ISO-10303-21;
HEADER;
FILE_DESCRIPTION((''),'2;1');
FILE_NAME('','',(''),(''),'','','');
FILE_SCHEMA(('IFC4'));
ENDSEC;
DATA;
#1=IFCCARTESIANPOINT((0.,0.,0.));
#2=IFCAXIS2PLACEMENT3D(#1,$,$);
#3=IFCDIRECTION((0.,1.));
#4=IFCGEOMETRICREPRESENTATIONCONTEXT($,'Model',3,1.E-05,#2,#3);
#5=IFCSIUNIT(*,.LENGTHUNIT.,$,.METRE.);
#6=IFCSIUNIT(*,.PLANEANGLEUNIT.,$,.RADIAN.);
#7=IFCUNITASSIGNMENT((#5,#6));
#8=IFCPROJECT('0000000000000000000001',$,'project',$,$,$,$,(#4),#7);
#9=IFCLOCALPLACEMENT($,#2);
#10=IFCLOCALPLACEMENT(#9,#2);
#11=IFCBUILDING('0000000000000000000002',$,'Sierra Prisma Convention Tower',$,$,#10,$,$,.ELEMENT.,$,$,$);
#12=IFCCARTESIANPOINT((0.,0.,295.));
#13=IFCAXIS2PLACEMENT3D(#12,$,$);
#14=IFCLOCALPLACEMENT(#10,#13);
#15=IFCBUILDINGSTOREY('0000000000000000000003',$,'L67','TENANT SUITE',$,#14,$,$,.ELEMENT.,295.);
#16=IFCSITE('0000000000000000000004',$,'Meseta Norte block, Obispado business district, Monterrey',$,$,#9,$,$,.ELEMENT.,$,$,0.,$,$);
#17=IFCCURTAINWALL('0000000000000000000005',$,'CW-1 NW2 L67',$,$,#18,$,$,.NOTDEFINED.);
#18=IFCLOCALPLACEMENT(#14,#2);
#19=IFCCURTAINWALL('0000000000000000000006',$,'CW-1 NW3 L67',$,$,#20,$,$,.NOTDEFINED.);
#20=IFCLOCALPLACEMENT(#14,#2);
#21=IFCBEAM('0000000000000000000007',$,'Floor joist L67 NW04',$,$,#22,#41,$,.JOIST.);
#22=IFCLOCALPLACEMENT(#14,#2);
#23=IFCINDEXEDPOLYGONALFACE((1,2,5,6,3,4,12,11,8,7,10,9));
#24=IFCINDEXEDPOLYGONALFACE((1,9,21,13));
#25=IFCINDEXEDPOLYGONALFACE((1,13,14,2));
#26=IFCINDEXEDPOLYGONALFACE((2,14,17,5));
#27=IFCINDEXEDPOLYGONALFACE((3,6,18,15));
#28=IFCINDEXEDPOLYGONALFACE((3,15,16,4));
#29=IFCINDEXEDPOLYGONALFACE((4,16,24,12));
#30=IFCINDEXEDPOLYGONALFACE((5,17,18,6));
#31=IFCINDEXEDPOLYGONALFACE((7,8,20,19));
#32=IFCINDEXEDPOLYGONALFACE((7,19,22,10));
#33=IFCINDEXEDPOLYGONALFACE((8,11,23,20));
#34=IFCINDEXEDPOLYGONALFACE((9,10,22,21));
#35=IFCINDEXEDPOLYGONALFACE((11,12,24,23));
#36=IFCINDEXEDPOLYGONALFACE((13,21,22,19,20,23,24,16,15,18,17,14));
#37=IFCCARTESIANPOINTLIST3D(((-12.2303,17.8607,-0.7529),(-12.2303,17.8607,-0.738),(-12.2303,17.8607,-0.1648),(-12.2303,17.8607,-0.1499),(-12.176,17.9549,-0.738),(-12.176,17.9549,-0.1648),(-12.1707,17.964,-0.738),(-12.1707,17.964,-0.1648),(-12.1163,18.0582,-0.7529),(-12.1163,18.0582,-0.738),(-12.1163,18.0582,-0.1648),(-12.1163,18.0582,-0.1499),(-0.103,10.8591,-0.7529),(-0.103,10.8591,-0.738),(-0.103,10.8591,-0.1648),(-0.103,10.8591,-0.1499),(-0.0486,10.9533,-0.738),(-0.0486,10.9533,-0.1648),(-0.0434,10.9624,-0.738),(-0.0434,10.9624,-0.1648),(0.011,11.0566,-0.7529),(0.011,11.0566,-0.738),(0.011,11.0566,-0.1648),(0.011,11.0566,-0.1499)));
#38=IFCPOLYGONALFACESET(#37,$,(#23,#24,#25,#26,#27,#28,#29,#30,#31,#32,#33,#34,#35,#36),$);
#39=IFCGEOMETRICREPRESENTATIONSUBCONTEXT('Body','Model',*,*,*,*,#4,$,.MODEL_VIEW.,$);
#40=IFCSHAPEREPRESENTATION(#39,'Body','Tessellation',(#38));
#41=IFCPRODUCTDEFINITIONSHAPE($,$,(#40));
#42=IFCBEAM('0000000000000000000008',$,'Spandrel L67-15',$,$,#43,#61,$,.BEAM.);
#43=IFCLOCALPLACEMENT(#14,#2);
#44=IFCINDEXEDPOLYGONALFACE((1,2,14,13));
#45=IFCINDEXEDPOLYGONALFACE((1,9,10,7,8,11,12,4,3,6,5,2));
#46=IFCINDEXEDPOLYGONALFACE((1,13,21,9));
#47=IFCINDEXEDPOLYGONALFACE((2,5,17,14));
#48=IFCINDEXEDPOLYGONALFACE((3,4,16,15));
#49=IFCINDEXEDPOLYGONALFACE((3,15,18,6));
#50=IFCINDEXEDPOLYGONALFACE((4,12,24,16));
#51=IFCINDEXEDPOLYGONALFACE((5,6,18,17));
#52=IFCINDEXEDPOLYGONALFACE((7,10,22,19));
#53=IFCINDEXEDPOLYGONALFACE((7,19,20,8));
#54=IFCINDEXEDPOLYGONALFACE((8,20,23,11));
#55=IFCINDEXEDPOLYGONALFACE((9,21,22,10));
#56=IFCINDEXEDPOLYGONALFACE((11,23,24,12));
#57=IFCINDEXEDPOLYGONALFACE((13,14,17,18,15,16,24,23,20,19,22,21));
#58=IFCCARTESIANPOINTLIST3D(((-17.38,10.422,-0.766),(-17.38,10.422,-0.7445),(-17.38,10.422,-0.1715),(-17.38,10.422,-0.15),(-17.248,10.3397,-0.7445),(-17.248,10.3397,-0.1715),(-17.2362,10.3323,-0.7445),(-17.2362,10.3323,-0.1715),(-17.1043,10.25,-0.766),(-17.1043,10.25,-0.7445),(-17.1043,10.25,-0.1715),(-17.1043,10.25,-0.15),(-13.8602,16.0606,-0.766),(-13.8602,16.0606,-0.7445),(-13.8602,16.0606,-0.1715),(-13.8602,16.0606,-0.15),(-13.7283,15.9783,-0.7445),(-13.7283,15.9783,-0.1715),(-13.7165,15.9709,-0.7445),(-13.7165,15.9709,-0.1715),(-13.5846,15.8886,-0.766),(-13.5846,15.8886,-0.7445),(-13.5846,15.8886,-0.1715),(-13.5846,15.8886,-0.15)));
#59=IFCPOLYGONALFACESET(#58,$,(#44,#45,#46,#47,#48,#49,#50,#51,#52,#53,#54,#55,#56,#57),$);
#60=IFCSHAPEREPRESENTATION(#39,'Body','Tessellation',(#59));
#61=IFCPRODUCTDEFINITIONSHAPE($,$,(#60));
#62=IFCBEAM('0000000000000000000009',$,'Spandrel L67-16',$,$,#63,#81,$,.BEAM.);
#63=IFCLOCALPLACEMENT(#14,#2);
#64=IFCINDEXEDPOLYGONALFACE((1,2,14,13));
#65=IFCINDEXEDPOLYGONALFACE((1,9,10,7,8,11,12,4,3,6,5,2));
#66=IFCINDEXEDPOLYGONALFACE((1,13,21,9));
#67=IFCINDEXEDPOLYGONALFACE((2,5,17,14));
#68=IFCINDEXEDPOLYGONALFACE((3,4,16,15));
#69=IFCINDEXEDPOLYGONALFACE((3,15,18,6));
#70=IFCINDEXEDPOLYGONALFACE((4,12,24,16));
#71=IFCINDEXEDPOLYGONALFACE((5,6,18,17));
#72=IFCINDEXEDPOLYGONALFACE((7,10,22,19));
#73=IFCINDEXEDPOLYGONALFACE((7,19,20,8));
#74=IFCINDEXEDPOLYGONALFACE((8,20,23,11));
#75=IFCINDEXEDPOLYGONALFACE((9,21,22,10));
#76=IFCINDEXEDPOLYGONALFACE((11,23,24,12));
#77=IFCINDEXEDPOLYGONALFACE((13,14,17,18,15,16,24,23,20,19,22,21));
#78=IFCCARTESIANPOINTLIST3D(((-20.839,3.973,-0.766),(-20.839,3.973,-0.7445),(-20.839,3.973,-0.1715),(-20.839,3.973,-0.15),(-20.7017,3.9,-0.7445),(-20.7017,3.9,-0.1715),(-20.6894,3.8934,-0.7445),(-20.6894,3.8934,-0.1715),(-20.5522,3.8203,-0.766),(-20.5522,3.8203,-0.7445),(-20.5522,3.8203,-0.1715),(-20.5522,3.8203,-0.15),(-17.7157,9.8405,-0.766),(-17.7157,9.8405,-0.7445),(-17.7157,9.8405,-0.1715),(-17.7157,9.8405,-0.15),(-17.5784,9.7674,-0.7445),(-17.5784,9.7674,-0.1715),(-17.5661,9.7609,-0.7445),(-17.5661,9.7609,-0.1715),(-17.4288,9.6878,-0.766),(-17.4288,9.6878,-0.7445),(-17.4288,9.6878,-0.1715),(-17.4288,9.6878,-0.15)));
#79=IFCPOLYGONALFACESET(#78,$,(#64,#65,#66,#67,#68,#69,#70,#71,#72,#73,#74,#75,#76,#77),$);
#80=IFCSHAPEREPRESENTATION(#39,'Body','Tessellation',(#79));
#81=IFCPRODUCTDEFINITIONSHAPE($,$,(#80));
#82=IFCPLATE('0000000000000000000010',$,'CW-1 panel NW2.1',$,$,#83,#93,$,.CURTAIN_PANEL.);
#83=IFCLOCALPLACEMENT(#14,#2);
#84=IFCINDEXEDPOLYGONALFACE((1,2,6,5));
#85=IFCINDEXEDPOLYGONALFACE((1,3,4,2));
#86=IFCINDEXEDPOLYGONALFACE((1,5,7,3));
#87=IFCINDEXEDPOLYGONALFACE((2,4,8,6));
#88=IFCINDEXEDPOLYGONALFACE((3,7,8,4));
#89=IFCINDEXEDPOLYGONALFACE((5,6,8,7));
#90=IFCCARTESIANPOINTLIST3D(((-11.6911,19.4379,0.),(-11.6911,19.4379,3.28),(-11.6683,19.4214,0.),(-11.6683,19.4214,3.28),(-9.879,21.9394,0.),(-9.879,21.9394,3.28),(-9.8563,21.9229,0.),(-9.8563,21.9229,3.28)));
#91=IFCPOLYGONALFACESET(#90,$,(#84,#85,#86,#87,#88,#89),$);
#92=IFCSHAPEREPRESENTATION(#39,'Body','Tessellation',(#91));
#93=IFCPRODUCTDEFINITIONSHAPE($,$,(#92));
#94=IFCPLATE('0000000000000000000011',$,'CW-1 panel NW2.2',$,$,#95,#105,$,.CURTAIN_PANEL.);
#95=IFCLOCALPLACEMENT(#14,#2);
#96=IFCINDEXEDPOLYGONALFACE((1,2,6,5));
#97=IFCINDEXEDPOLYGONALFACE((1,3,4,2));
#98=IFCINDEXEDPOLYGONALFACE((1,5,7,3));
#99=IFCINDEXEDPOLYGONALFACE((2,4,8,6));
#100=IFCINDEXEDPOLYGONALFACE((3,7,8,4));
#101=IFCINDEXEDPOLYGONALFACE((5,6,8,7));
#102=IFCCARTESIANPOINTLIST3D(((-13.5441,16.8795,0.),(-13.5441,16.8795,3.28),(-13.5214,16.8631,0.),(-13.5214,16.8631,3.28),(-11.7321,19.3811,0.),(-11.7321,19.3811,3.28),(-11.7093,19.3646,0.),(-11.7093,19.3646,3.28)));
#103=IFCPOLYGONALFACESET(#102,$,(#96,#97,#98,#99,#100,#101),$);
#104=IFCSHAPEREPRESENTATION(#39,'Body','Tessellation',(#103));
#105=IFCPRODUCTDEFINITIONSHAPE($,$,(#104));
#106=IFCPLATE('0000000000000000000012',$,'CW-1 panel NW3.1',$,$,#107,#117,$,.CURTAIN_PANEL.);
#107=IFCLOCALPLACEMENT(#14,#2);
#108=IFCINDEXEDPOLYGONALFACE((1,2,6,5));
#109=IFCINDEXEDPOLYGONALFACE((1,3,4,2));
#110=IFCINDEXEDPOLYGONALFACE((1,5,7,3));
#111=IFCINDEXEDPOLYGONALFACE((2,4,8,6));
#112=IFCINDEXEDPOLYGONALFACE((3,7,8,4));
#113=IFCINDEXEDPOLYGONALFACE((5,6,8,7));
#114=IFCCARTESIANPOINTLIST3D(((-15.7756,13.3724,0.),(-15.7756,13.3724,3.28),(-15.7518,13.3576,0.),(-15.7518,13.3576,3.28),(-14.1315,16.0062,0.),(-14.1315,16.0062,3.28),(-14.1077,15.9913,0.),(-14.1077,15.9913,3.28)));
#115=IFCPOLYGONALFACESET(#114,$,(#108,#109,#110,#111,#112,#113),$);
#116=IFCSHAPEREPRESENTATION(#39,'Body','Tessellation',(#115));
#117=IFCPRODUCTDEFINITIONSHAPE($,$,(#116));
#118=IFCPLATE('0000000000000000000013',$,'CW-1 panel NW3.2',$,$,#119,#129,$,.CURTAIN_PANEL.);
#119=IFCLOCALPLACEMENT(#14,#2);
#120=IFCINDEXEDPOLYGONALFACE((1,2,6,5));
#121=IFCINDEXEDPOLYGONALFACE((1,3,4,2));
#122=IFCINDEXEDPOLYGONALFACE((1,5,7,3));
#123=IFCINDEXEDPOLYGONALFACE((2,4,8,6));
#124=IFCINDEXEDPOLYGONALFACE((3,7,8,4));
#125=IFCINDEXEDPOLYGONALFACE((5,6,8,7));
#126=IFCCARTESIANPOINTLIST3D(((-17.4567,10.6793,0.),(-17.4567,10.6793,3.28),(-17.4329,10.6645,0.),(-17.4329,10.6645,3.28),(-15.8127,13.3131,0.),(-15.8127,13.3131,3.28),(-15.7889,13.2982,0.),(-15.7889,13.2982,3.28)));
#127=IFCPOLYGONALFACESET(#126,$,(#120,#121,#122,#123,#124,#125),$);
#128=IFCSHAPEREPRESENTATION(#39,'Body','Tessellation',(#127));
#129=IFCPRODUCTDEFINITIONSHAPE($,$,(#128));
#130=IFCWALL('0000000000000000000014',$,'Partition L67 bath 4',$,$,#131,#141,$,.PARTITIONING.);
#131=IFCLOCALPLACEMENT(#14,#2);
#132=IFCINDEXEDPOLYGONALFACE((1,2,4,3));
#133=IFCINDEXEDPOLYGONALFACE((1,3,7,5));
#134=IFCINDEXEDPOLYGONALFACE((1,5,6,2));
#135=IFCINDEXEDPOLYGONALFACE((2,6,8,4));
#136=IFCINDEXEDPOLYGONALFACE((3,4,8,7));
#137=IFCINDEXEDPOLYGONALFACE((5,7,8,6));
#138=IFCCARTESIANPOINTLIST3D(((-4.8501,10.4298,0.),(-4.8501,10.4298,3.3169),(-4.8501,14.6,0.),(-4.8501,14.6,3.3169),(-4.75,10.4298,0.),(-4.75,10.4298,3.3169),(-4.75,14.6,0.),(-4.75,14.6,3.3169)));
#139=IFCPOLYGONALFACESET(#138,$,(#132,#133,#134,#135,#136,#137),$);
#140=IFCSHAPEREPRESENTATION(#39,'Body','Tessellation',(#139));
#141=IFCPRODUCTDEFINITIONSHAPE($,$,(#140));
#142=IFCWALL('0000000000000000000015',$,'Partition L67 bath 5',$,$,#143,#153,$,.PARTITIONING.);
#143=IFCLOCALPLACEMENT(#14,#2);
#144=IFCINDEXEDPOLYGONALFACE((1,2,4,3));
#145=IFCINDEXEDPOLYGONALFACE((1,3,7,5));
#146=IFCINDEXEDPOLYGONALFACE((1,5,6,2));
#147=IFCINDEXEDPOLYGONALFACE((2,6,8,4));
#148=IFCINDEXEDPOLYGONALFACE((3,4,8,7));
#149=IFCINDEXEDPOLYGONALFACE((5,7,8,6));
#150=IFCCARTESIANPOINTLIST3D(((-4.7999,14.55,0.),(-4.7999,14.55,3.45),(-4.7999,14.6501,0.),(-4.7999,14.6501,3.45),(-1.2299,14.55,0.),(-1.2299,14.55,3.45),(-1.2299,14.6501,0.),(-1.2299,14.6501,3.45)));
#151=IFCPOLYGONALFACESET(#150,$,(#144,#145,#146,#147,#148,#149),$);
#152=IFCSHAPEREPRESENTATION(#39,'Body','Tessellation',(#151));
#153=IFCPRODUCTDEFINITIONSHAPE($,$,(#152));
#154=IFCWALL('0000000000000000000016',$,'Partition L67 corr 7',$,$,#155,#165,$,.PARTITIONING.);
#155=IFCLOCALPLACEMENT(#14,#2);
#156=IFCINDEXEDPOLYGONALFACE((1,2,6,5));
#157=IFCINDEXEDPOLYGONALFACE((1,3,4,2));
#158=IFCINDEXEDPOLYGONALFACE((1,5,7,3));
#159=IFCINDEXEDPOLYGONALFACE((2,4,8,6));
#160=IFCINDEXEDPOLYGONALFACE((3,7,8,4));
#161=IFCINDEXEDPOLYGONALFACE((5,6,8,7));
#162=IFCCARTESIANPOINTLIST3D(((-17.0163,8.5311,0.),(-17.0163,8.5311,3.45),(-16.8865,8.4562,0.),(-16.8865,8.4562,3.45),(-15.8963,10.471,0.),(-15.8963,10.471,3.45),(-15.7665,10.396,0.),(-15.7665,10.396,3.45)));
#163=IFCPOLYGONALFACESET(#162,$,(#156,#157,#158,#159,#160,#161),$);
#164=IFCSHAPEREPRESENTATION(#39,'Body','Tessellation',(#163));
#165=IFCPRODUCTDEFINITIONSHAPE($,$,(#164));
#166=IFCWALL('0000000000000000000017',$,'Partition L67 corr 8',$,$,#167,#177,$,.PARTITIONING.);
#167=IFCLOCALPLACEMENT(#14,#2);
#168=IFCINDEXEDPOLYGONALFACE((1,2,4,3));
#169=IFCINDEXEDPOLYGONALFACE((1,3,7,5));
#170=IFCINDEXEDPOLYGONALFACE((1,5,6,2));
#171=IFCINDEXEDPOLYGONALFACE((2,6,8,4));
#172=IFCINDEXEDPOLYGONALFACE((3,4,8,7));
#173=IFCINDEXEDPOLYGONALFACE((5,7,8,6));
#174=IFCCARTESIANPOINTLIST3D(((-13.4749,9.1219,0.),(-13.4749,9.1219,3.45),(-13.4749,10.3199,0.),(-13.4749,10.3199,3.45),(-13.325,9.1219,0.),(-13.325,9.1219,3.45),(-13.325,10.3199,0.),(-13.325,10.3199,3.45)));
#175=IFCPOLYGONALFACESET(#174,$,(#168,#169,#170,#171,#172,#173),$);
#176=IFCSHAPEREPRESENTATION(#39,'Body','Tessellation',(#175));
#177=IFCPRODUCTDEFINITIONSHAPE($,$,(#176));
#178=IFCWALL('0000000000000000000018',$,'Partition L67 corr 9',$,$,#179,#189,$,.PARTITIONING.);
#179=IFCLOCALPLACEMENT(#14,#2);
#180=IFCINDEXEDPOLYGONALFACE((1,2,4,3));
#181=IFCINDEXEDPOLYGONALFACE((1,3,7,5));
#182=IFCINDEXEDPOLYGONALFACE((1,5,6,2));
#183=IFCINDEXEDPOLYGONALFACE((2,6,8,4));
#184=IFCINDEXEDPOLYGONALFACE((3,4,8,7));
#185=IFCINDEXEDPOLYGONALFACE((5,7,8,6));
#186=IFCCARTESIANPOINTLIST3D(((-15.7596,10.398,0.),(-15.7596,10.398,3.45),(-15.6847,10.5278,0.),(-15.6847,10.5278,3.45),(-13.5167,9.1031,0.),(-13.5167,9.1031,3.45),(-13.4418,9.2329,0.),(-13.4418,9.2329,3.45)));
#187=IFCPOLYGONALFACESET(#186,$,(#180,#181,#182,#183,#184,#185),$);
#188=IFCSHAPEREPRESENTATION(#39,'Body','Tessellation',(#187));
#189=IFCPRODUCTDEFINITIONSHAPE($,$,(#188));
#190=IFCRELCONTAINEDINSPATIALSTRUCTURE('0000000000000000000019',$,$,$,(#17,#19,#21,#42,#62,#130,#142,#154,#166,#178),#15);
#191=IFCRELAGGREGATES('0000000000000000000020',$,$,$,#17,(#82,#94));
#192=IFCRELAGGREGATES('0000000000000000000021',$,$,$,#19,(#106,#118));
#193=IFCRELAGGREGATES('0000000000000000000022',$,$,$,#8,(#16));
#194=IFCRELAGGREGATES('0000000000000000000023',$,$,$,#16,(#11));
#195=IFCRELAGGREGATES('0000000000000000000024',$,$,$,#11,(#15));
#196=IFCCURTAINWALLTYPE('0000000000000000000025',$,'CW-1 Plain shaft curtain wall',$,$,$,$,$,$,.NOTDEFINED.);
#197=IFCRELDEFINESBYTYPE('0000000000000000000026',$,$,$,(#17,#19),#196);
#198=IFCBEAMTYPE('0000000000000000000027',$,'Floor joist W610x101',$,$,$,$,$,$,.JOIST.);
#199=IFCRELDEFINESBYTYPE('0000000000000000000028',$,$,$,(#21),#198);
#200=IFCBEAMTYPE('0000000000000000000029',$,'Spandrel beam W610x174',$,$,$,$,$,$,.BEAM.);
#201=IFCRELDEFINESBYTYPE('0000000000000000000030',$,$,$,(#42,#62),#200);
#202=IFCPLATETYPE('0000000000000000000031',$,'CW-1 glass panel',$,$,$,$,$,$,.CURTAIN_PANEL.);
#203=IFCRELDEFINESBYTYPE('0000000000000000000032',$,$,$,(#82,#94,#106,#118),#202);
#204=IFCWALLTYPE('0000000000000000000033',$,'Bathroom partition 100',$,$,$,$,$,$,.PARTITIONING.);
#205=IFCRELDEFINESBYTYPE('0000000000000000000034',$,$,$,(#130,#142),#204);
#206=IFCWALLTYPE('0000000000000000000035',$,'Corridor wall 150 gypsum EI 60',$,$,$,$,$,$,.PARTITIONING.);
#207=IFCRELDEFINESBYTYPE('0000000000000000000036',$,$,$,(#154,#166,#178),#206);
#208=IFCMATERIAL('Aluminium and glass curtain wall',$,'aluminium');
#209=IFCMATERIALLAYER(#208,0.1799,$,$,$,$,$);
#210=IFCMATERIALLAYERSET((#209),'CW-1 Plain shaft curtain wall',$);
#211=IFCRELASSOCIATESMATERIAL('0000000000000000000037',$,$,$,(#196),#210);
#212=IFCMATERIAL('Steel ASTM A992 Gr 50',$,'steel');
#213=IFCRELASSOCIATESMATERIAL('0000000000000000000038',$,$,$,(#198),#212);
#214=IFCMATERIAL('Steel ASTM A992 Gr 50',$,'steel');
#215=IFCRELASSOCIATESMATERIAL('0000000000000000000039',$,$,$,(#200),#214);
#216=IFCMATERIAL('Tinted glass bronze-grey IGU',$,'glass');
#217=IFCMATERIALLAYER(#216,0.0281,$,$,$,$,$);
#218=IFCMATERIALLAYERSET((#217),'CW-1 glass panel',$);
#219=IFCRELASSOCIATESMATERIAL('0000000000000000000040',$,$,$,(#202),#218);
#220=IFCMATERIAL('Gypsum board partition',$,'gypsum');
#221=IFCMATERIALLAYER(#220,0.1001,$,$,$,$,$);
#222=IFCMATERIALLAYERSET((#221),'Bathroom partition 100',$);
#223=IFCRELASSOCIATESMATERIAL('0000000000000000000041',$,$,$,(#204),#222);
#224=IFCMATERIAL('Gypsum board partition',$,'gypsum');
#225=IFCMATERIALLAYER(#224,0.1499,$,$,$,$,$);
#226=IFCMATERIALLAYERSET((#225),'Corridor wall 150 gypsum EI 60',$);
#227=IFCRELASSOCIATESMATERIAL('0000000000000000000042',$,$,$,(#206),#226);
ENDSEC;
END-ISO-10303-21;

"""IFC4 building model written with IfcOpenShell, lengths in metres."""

from ifc_helpers import new_model, si_unit, direction, frame, frame_2d, origin, origin_2d, place, context, subcontext, project, spatial, rectangle, i_section, extrude, material, layer, layer_set, material_profile, profile_set, type_object, element, aggregate, save


model = new_model("IFC4")

# Units and contexts
model_context = context("Model", 3, precision=1e-05, world=origin(), true_north=direction((0.0, 1.0)))
body_context = subcontext(model_context, "Body", "Model", "MODEL_VIEW")
ifc_project = project(units=[si_unit("LENGTHUNIT", "METRE"), si_unit("PLANEANGLEUNIT", "RADIAN")], contexts=[model_context])

# Site, building, storey
site_placement = place(None, origin())
site = spatial("IfcSite", under=ifc_project, at=site_placement, Name="Meseta Norte block, Obispado business district, Monterrey", CompositionType="ELEMENT", RefElevation=0.0)
building_placement = place(site_placement, origin())
building = spatial("IfcBuilding", under=site, at=building_placement, Name="Sierra Prisma Convention Tower", CompositionType="ELEMENT")
storey_placement = place(building_placement, frame((0.0, 0.0, 295.0)))
storey = spatial("IfcBuildingStorey", under=building, at=storey_placement, Name="L67", Description="TENANT SUITE", CompositionType="ELEMENT", Elevation=295.0)

# Curtain wall
ifc_material_1 = material(Name="Aluminium and glass curtain wall", Category="aluminium")
ifc_layer_1 = layer(ifc_material_1, 0.1799)
ifc_layer_set_1 = layer_set([ifc_layer_1], Name="CW-1 Plain shaft curtain wall")
curtain_wall_type = type_object("IfcCurtainWallType", Name="CW-1 Plain shaft curtain wall", PredefinedType="NOTDEFINED", material=ifc_layer_set_1)
curtain_wall_1_placement = place(storey_placement, origin())
curtain_wall_1 = element("IfcCurtainWall", 1, at=curtain_wall_1_placement, inside=storey, type_object=curtain_wall_type, Name="CW-1 NW2 L67", PredefinedType="NOTDEFINED")

# Curtain wall
curtain_wall_2_placement = place(storey_placement, origin())
curtain_wall_2 = element("IfcCurtainWall", 2, at=curtain_wall_2_placement, inside=storey, type_object=curtain_wall_type, Name="CW-1 NW3 L67", PredefinedType="NOTDEFINED")

# Beams
ifc_material_2 = material(Name="Steel ASTM A992 Gr 50", Category="steel")
ifc_material_profile_1 = material_profile(ifc_material_2, i_section(OverallWidth=0.228, OverallDepth=0.603, WebThickness=0.0105, FlangeThickness=0.0149, at=origin_2d()), Name="W610x101")
ifc_profile_set_1 = profile_set([ifc_material_profile_1], Name="Steel ASTM A992 Gr 50")
beam_type_1 = type_object("IfcBeamType", Name="Floor joist W610x101", PredefinedType="JOIST", material=ifc_profile_set_1)
beam_1_placement = place(storey_placement, frame((-12.1733, 17.9595, -0.4514), z_axis=(0.866028, -0.499996, 0.0), x_axis=(0.499996, 0.866028, 0.0)))
element("IfcBeam", 3, at=beam_1_placement, inside=storey, type_object=beam_type_1, Name="Floor joist L67 NW04", PredefinedType="JOIST", context=body_context, shape_type="SweptSolid", body=[
    extrude(i_section(OverallWidth=0.228, OverallDepth=0.603, WebThickness=0.0105, FlangeThickness=0.0149, at=origin_2d()), origin(), (0.0, 0.0, 1.0), 14.0034),
])
ifc_material_3 = material(Name="Steel ASTM A992 Gr 50", Category="steel")
ifc_material_profile_2 = material_profile(ifc_material_3, i_section(OverallWidth=0.325, OverallDepth=0.616, WebThickness=0.0139, FlangeThickness=0.0215, at=origin_2d()), Name="W610x174")
ifc_profile_set_2 = profile_set([ifc_material_profile_2], Name="Steel ASTM A992 Gr 50")
beam_type_2 = type_object("IfcBeamType", Name="Spandrel beam W610x174", PredefinedType="BEAM", material=ifc_profile_set_2)
for number, where, z_axis, x_axis, name in (
    (4, (-13.7224, 15.9746, -0.458), (-0.529523, -0.848295, 0.0), (0.848295, -0.529523, 0.0), "Spandrel L67-15"),
    (5, (-17.5723, 9.7642, -0.458), (-0.469885, -0.882728, 0.0), (0.882728, -0.469885, 0.0), "Spandrel L67-16"),
):
    element("IfcBeam", number, at=place(storey_placement, frame(where, z_axis=z_axis, x_axis=x_axis)), inside=storey, type_object=beam_type_2, Name=name, PredefinedType="BEAM", context=body_context, shape_type="SweptSolid", body=[
        extrude(i_section(OverallWidth=0.325, OverallDepth=0.616, WebThickness=0.0139, FlangeThickness=0.0215, at=origin_2d()), origin(), (0.0, 0.0, 1.0), 6.647),
    ])

# Plates
ifc_material_4 = material(Name="Tinted glass bronze-grey IGU", Category="glass")
ifc_layer_2 = layer(ifc_material_4, 0.0281)
ifc_layer_set_2 = layer_set([ifc_layer_2], Name="CW-1 glass panel")
plate_type = type_object("IfcPlateType", Name="CW-1 glass panel", PredefinedType="CURTAIN_PANEL", material=ifc_layer_set_2)
plate_1_placement = place(storey_placement, frame((-10.7737, 20.6804, 0.0), z_axis=(0.0, 0.0, 1.0), x_axis=(-0.58664, -0.809848, 0.0)))
plate_1 = element("IfcPlate", 6, at=plate_1_placement, type_object=plate_type, Name="CW-1 panel NW2.1", PredefinedType="CURTAIN_PANEL", context=body_context, shape_type="SweptSolid", body=[
    extrude(rectangle(XDim=3.0889, YDim=0.0281, at=origin_2d()), origin(), (0.0, 0.0, 1.0), 3.28),
])
plate_2_placement = place(storey_placement, frame((-12.6267, 18.1221, 0.0), z_axis=(0.0, 0.0, 1.0), x_axis=(-0.58664, -0.809848, 0.0)))
plate_2 = element("IfcPlate", 7, at=plate_2_placement, type_object=plate_type, Name="CW-1 panel NW2.2", PredefinedType="CURTAIN_PANEL", context=body_context, shape_type="SweptSolid", body=[
    extrude(rectangle(XDim=3.0889, YDim=0.0281, at=origin_2d()), origin(), (0.0, 0.0, 1.0), 3.28),
])
aggregate(curtain_wall_1, [plate_1, plate_2])
plate_3_placement = place(storey_placement, frame((-14.9417, 14.6819, 0.0), z_axis=(0.0, 0.0, 1.0), x_axis=(-0.529519, -0.848298, 0.0)))
plate_3 = element("IfcPlate", 8, at=plate_3_placement, type_object=plate_type, Name="CW-1 panel NW3.1", PredefinedType="CURTAIN_PANEL", context=body_context, shape_type="SweptSolid", body=[
    extrude(rectangle(XDim=3.1047, YDim=0.0281, at=origin_2d()), origin(), (0.0, 0.0, 1.0), 3.28),
])
plate_4_placement = place(storey_placement, frame((-16.6228, 11.9888, 0.0), z_axis=(0.0, 0.0, 1.0), x_axis=(-0.529519, -0.848298, 0.0)))
plate_4 = element("IfcPlate", 9, at=plate_4_placement, type_object=plate_type, Name="CW-1 panel NW3.2", PredefinedType="CURTAIN_PANEL", context=body_context, shape_type="SweptSolid", body=[
    extrude(rectangle(XDim=3.1047, YDim=0.0281, at=origin_2d()), origin(), (0.0, 0.0, 1.0), 3.28),
])
aggregate(curtain_wall_2, [plate_3, plate_4])

# Walls
ifc_material_5 = material(Name="Gypsum board partition", Category="gypsum")
ifc_layer_3 = layer(ifc_material_5, 0.1001)
ifc_layer_set_3 = layer_set([ifc_layer_3], Name="Bathroom partition 100")
wall_type_1 = type_object("IfcWallType", Name="Bathroom partition 100", PredefinedType="PARTITIONING", material=ifc_layer_set_3)
wall_1_placement = place(storey_placement, frame((-4.8, 10.4299, 0.0), z_axis=(0.0, 0.0, 1.0), x_axis=(0.0, 1.0, 0.0)))
element("IfcWall", 10, at=wall_1_placement, inside=storey, type_object=wall_type_1, Name="Partition L67 bath 4", PredefinedType="PARTITIONING", context=body_context, shape_type="SweptSolid", body=[
    extrude(rectangle(XDim=4.1702, YDim=0.1001, at=frame_2d((2.085, 0.0))), origin(), (0.0, 0.0, 1.0), 3.3169),
])
wall_2_placement = place(storey_placement, frame((-4.8, 14.6001, 0.0), z_axis=(0.0, 0.0, 1.0), x_axis=(1.0, 0.0, 0.0)))
element("IfcWall", 11, at=wall_2_placement, inside=storey, type_object=wall_type_1, Name="Partition L67 bath 5", PredefinedType="PARTITIONING", context=body_context, shape_type="SweptSolid", body=[
    extrude(rectangle(XDim=3.5701, YDim=0.1001, at=frame_2d((1.7852, 0.0))), origin(), (0.0, 0.0, 1.0), 3.45),
])
ifc_material_6 = material(Name="Gypsum board partition", Category="gypsum")
ifc_layer_4 = layer(ifc_material_6, 0.1499)
ifc_layer_set_4 = layer_set([ifc_layer_4], Name="Corridor wall 150 gypsum EI 60")
wall_type_2 = type_object("IfcWallType", Name="Corridor wall 150 gypsum EI 60", PredefinedType="PARTITIONING", material=ifc_layer_set_4)
wall_3_placement = place(storey_placement, frame((-15.8313, 10.4336, 0.0), z_axis=(0.0, 0.0, 1.0), x_axis=(-0.500031, -0.866008, 0.0)))
element("IfcWall", 12, at=wall_3_placement, inside=storey, type_object=wall_type_2, Name="Partition L67 corr 7", PredefinedType="PARTITIONING", context=body_context, shape_type="SweptSolid", body=[
    extrude(rectangle(XDim=2.24, YDim=0.1499, at=frame_2d((1.1201, 0.0))), origin(), (0.0, 0.0, 1.0), 3.45),
])
wall_4_placement = place(storey_placement, frame((-13.3999, 10.3201, 0.0), z_axis=(0.0, 0.0, 1.0), x_axis=(0.0, -1.0, 0.0)))
element("IfcWall", 13, at=wall_4_placement, inside=storey, type_object=wall_type_2, Name="Partition L67 corr 8", PredefinedType="PARTITIONING", context=body_context, shape_type="SweptSolid", body=[
    extrude(rectangle(XDim=1.198, YDim=0.1499, at=frame_2d((0.5991, 0.0))), origin(), (0.0, 0.0, 1.0), 3.45),
])
wall_5_placement = place(storey_placement, frame((-13.4792, 9.168, 0.0), z_axis=(0.0, 0.0, 1.0), x_axis=(-0.86603, 0.499992, 0.0)))
element("IfcWall", 14, at=wall_5_placement, inside=storey, type_object=wall_type_2, Name="Partition L67 corr 9", PredefinedType="PARTITIONING", context=body_context, shape_type="SweptSolid", body=[
    extrude(rectangle(XDim=2.5898, YDim=0.1499, at=frame_2d((1.2949, 0.0))), origin(), (0.0, 0.0, 1.0), 3.45),
])

save(model, "model.ifc")
